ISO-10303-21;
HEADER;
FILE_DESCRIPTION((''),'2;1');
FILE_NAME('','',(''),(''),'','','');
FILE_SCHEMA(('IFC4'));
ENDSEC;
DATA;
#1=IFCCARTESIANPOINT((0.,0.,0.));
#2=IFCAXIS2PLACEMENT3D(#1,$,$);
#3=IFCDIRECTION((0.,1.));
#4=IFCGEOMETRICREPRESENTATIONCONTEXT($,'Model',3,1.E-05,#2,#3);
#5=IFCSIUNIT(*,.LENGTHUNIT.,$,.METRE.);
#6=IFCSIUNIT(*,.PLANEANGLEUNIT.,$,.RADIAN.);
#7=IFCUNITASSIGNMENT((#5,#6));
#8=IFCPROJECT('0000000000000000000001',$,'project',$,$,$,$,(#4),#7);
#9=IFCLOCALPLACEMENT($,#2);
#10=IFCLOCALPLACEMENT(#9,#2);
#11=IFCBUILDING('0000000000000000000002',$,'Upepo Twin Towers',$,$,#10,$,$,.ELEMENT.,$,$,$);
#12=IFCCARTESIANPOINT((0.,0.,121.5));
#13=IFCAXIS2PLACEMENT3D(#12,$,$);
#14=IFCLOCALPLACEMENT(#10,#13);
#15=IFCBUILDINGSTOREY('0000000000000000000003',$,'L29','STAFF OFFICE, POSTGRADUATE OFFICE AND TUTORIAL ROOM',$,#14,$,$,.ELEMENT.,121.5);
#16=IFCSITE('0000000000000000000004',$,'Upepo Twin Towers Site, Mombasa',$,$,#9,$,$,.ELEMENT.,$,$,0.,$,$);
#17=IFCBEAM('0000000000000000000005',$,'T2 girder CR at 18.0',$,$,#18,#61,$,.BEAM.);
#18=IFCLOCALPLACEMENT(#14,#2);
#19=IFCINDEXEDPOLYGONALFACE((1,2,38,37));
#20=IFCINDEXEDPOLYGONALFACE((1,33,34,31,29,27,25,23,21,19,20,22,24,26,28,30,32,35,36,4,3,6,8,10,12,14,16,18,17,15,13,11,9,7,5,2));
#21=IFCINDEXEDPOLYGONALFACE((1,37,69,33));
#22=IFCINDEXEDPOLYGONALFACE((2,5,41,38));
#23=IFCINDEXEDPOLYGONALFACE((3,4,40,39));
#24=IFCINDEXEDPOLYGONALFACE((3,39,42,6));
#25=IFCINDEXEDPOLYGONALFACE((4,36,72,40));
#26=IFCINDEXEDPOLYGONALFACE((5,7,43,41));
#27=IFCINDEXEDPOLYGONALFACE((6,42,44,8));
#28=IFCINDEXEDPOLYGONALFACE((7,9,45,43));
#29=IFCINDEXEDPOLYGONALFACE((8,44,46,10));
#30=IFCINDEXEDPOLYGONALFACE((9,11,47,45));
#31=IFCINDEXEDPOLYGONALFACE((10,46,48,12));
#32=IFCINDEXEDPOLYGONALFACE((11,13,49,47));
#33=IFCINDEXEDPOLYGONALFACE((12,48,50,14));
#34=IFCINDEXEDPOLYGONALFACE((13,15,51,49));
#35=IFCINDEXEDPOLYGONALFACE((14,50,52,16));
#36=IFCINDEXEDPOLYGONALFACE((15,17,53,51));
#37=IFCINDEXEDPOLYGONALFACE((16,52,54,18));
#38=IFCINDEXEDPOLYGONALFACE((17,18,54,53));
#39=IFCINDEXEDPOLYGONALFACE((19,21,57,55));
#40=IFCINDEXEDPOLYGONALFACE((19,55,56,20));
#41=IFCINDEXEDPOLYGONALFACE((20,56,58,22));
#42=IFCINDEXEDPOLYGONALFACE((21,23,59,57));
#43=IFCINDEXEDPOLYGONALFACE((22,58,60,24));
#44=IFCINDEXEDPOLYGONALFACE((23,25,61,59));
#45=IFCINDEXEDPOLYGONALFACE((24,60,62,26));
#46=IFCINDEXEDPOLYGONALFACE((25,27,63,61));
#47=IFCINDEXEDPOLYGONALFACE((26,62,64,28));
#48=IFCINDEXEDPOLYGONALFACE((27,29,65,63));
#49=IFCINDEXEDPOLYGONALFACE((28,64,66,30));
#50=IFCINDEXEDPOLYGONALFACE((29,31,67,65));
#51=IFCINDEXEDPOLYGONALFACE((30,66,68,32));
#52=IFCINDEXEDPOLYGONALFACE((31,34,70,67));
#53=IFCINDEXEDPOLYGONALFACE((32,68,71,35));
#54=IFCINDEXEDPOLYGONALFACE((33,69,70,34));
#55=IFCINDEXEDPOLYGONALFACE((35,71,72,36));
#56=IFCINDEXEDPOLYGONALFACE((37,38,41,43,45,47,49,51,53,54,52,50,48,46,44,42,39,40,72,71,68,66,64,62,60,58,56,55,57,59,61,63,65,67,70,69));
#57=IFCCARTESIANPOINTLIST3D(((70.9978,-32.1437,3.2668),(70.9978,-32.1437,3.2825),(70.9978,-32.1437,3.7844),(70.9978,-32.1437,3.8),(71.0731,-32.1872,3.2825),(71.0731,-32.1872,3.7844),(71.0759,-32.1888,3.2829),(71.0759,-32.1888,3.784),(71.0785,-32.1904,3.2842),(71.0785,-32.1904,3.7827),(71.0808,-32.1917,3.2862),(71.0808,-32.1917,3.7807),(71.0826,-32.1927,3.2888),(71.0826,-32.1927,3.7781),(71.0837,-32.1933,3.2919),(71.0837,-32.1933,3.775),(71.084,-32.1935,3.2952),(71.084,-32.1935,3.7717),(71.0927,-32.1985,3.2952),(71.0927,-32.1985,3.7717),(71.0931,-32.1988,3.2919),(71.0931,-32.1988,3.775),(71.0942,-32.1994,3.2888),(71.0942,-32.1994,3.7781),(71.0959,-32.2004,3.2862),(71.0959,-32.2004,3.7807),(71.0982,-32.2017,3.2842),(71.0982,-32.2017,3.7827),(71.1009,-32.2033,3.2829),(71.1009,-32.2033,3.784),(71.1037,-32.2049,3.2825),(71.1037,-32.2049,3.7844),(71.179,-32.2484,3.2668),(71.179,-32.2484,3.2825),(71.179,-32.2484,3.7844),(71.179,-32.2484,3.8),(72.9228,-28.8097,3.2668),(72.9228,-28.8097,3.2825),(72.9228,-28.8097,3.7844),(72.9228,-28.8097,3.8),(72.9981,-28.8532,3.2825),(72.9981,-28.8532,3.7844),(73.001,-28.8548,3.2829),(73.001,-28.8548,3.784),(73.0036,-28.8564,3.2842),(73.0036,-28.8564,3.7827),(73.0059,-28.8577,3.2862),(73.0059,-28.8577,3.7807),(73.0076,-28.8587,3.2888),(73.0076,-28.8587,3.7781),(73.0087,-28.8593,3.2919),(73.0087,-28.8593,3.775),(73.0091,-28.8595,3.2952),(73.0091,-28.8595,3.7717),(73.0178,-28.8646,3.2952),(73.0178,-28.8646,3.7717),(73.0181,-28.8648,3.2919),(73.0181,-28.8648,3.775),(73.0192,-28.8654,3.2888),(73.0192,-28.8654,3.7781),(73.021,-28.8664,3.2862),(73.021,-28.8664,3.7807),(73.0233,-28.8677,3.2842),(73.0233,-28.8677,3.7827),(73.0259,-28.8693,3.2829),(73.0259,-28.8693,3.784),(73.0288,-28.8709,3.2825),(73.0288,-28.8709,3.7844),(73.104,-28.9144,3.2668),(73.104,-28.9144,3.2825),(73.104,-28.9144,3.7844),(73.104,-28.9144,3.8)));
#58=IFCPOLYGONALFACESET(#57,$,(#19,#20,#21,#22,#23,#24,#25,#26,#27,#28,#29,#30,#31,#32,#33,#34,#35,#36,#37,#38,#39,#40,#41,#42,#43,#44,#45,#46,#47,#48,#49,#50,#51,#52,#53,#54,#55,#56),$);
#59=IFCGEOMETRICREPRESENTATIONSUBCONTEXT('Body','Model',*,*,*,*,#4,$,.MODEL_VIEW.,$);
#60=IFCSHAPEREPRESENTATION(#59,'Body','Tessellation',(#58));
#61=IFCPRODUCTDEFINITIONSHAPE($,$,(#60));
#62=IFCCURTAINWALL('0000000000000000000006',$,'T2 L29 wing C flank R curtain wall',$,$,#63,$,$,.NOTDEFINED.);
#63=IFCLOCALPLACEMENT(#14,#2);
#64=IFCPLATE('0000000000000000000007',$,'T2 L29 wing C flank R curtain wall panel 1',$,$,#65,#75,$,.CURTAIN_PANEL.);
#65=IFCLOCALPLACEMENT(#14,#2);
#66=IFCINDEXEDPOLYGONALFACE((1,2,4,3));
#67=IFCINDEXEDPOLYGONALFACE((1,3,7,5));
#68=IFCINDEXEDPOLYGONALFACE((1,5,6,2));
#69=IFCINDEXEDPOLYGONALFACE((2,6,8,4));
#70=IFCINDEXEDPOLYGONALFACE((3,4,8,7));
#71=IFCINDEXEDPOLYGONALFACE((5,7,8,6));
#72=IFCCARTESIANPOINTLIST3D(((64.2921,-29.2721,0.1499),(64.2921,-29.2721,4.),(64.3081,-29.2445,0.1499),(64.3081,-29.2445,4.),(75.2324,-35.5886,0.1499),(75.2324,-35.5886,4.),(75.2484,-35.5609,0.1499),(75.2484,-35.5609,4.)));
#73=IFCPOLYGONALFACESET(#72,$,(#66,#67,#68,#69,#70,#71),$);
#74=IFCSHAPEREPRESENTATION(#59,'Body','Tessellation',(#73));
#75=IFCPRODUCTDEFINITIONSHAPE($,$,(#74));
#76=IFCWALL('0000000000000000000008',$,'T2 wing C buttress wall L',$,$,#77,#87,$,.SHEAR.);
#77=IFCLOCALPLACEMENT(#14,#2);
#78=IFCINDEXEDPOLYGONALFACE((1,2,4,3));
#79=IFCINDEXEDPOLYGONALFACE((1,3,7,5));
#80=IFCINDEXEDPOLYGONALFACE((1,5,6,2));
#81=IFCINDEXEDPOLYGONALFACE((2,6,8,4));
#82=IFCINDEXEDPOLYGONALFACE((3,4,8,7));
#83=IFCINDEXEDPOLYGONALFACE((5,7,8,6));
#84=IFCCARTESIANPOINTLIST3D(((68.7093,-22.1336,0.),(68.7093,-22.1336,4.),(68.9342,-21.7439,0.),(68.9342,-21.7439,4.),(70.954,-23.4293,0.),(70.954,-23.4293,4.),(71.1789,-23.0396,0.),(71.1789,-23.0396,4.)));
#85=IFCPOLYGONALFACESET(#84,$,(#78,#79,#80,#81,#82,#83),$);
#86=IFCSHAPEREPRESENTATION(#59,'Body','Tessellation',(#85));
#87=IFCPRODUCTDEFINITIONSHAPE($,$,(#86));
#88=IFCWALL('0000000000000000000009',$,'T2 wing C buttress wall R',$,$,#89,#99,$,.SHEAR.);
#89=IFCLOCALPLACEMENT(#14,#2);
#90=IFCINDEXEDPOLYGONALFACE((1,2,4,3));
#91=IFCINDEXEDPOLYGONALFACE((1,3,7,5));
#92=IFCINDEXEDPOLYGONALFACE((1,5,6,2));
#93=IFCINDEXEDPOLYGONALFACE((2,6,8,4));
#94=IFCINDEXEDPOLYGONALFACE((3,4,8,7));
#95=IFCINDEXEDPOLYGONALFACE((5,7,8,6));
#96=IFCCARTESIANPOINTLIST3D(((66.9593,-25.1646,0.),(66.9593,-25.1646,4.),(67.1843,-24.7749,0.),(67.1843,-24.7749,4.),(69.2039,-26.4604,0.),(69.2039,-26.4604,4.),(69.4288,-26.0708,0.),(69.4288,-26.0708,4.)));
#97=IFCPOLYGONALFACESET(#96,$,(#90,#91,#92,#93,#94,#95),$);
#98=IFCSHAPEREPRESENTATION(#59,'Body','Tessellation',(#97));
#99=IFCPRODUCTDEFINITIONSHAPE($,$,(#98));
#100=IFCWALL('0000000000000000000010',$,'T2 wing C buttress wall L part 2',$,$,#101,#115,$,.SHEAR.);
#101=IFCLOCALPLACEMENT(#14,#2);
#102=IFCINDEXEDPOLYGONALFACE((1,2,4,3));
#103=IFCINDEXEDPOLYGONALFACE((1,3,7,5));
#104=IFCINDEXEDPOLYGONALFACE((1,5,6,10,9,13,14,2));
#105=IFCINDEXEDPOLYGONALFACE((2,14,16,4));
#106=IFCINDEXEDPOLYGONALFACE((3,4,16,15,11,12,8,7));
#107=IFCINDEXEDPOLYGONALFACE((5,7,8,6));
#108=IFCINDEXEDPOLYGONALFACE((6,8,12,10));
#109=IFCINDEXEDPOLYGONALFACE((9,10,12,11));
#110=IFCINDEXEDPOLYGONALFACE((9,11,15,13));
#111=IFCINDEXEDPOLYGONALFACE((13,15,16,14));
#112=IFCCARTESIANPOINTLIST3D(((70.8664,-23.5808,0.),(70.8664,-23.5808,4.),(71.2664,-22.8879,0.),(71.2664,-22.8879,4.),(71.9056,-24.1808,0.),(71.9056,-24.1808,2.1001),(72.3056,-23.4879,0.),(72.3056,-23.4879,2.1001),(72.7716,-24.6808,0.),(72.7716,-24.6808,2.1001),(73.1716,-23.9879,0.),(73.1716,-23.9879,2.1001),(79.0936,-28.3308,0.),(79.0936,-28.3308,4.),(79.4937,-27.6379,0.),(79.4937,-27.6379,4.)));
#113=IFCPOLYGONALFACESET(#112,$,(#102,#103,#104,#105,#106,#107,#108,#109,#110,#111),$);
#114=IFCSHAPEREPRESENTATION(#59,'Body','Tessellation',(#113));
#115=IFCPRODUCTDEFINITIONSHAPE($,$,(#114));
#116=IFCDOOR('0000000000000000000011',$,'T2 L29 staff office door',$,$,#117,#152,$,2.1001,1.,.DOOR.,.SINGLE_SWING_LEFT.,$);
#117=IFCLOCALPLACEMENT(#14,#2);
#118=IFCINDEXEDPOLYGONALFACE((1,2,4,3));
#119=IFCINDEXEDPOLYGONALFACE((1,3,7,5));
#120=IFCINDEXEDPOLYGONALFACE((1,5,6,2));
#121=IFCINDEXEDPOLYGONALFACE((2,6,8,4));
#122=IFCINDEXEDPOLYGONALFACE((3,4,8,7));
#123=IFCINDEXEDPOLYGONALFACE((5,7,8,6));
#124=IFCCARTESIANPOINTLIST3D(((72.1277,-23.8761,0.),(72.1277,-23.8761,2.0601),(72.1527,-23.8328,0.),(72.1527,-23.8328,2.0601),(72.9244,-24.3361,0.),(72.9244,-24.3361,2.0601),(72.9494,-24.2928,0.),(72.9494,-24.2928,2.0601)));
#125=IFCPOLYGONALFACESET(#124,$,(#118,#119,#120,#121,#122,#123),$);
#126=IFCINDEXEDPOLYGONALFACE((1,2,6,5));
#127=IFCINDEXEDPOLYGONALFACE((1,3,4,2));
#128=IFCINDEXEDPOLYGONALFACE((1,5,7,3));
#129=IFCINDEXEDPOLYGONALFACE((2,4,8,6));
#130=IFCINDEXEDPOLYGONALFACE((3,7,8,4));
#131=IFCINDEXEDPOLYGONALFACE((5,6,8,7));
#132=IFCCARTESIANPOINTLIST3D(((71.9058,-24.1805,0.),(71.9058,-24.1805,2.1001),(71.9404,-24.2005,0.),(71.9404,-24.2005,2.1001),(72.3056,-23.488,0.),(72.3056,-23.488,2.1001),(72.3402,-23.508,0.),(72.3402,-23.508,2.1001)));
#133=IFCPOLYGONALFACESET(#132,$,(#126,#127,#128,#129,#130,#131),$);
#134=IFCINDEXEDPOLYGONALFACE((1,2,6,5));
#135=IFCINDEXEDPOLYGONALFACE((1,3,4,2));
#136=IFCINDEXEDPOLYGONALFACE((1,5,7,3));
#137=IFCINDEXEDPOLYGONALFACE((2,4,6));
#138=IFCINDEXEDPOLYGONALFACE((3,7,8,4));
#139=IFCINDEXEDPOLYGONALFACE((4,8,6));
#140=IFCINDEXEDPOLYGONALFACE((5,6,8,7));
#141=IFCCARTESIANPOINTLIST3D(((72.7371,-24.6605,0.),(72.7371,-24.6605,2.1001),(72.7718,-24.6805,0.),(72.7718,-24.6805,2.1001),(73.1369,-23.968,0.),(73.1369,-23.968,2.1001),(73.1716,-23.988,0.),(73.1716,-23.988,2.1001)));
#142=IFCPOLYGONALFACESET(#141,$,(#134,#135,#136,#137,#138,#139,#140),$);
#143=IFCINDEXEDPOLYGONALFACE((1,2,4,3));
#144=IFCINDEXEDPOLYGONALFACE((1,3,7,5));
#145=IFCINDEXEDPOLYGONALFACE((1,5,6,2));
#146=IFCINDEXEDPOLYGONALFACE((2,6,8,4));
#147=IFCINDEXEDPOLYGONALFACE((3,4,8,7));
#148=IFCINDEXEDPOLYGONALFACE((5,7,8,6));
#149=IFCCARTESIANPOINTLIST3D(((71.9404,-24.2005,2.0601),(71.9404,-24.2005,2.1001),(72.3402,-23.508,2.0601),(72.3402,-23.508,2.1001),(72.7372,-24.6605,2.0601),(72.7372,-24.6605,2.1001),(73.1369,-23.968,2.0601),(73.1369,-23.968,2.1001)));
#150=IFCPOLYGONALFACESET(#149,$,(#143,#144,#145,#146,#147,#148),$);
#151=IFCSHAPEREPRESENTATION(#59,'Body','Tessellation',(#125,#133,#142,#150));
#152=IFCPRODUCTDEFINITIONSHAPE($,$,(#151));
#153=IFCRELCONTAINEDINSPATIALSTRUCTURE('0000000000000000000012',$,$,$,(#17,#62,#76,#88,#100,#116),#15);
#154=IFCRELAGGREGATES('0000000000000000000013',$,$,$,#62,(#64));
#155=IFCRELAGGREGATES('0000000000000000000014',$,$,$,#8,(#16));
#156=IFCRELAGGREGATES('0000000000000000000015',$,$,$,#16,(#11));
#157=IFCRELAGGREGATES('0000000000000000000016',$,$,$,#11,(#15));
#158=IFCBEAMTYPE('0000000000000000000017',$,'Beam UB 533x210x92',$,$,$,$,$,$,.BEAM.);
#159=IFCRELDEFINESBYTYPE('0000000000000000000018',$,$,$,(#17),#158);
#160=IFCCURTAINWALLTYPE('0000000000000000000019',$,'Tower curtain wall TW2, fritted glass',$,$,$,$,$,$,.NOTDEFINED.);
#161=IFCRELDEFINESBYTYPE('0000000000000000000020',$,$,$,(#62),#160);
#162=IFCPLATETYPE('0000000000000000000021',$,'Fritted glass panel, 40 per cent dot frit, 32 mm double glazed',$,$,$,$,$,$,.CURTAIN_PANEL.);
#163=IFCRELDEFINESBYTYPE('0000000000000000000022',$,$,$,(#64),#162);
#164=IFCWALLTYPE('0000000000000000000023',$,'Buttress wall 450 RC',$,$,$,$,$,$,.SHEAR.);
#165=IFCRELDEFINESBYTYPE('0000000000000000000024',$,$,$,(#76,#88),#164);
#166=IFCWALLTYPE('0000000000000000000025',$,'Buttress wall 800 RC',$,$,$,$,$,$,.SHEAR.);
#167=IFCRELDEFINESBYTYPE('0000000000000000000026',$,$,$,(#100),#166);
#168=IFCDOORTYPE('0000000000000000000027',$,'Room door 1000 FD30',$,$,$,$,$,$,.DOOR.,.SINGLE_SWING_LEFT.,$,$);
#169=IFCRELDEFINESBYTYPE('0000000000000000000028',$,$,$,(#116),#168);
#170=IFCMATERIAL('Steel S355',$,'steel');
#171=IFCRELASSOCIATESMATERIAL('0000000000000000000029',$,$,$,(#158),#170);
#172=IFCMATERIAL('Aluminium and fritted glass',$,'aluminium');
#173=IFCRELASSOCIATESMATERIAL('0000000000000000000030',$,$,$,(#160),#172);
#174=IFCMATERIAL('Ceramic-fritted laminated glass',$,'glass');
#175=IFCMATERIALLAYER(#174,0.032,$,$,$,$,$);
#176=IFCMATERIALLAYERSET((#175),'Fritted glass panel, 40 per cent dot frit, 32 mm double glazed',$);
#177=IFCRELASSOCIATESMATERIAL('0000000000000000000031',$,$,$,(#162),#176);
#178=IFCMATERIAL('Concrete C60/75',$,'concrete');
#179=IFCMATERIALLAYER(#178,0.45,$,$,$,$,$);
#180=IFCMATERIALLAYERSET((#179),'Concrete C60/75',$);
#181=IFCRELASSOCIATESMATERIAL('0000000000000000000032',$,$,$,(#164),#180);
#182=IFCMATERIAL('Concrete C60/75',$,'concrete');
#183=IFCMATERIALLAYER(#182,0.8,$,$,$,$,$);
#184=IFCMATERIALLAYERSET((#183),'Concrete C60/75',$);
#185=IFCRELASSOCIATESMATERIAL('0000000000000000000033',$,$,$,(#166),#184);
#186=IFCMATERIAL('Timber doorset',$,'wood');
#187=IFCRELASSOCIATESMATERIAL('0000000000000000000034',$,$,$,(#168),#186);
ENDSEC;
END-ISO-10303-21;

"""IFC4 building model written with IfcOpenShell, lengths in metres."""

from ifc_helpers import new_model, si_unit, direction, frame, frame_2d, origin, origin_2d, place, context, subcontext, project, spatial, rectangle, i_section, extrude, material, layer, layer_set, material_profile, profile_set, type_object, element, fill, aggregate, save


model = new_model("IFC4")

# Units and contexts
model_context = context("Model", 3, precision=1e-05, world=origin(), true_north=direction((0.0, 1.0)))
body_context = subcontext(model_context, "Body", "Model", "MODEL_VIEW")
ifc_project = project(units=[si_unit("LENGTHUNIT", "METRE"), si_unit("PLANEANGLEUNIT", "RADIAN")], contexts=[model_context])

# Site, building, storey
site_placement = place(None, origin())
site = spatial("IfcSite", under=ifc_project, at=site_placement, Name="Upepo Twin Towers Site, Mombasa", CompositionType="ELEMENT", RefElevation=0.0)
building_placement = place(site_placement, origin())
building = spatial("IfcBuilding", under=site, at=building_placement, Name="Upepo Twin Towers", CompositionType="ELEMENT")
storey_placement = place(building_placement, frame((0.0, 0.0, 121.5)))
storey = spatial("IfcBuildingStorey", under=building, at=storey_placement, Name="L29", Description="STAFF OFFICE, POSTGRADUATE OFFICE AND TUTORIAL ROOM", CompositionType="ELEMENT", Elevation=121.5)

# Beam
ifc_material_1 = material(Name="Steel S355", Category="steel")
ifc_material_profile_1 = material_profile(ifc_material_1, i_section(OverallWidth=0.2092, OverallDepth=0.5332, WebThickness=0.01, FlangeThickness=0.0156, FilletRadius=0.0127, at=origin_2d()), Name="UB 533x210x92")
ifc_profile_set_1 = profile_set([ifc_material_profile_1], Name="Steel S355")
beam_type_1 = type_object("IfcBeamType", Name="Beam UB 533x210x92", PredefinedType="BEAM", material=ifc_profile_set_1)
for number, where, z_axis, x_axis, name in (
    (1, (71.0884, -32.196, 3.5334), (0.500034, 0.866006, 0.0), (-0.866006, 0.500034, 0.0), "T2 girder CR at 18.0"),
):
    element("IfcBeam", number, at=place(storey_placement, frame(where, z_axis=z_axis, x_axis=x_axis)), inside=storey, type_object=beam_type_1, Name=name, PredefinedType="BEAM", context=body_context, shape_type="SweptSolid", body=[
        extrude(i_section(OverallWidth=0.2092, OverallDepth=0.5332, WebThickness=0.01, FlangeThickness=0.0156, FilletRadius=0.0127, at=origin_2d()), origin(), (0.0, 0.0, 1.0), 3.8499),
    ])

# Curtain wall, plate
ifc_material_2 = material(Name="Aluminium and fritted glass", Category="aluminium")
curtain_wall_type = type_object("IfcCurtainWallType", Name="Tower curtain wall TW2, fritted glass", PredefinedType="NOTDEFINED", material=ifc_material_2)
curtain_wall_placement = place(storey_placement, origin())
curtain_wall = element("IfcCurtainWall", 2, at=curtain_wall_placement, inside=storey, type_object=curtain_wall_type, Name="T2 L29 wing C flank R curtain wall", PredefinedType="NOTDEFINED")
ifc_material_3 = material(Name="Ceramic-fritted laminated glass", Category="glass")
ifc_layer_1 = layer(ifc_material_3, 0.032)
ifc_layer_set_1 = layer_set([ifc_layer_1], Name="Fritted glass panel, 40 per cent dot frit, 32 mm double glazed")
plate_type = type_object("IfcPlateType", Name="Fritted glass panel, 40 per cent dot frit, 32 mm double glazed", PredefinedType="CURTAIN_PANEL", material=ifc_layer_set_1)
plate_placement = place(storey_placement, frame((69.7703, -32.4165, 0.1499), z_axis=(0.0, 0.0, 1.0), x_axis=(-0.866025, 0.5, 0.0)))
plate = element("IfcPlate", 3, at=plate_placement, type_object=plate_type, Name="T2 L29 wing C flank R curtain wall panel 1", PredefinedType="CURTAIN_PANEL", context=body_context, shape_type="SweptSolid", body=[
    extrude(rectangle(XDim=12.6328, YDim=0.032, at=origin_2d()), origin(), (0.0, 0.0, 1.0), 3.8501),
])
aggregate(curtain_wall, [plate])

# Walls
ifc_material_4 = material(Name="Concrete C60/75", Category="concrete")
ifc_layer_2 = layer(ifc_material_4, 0.45)
ifc_layer_set_2 = layer_set([ifc_layer_2], Name="Concrete C60/75")
wall_type_1 = type_object("IfcWallType", Name="Buttress wall 450 RC", PredefinedType="SHEAR", material=ifc_layer_set_2)
for number, where, z_axis, x_axis, name in (
    (4, (68.8218, -21.9387, 0.0), (0.0, 0.0, 1.0), (0.866073, -0.499918, 0.0), "T2 wing C buttress wall L"),
    (5, (67.0718, -24.9697, 0.0), (0.0, 0.0, 1.0), (0.866032, -0.499989, 0.0), "T2 wing C buttress wall R"),
):
    element("IfcWall", number, at=place(storey_placement, frame(where, z_axis=z_axis, x_axis=x_axis)), inside=storey, type_object=wall_type_1, Name=name, PredefinedType="SHEAR", context=body_context, shape_type="SweptSolid", body=[
        extrude(rectangle(XDim=2.5918, YDim=0.45, at=frame_2d((1.2959, 0.0))), origin(), (0.0, 0.0, 1.0), 4.0),
    ])

# Wall, opening, door
ifc_material_5 = material(Name="Concrete C60/75", Category="concrete")
ifc_layer_3 = layer(ifc_material_5, 0.8)
ifc_layer_set_3 = layer_set([ifc_layer_3], Name="Concrete C60/75")
wall_type_2 = type_object("IfcWallType", Name="Buttress wall 800 RC", PredefinedType="SHEAR", material=ifc_layer_set_3)
wall_1_placement = place(storey_placement, frame((71.0664, -23.2344, 0.0), z_axis=(0.0, 0.0, 1.0), x_axis=(0.866027, -0.499998, 0.0)))
wall_1 = element("IfcWall", 6, at=wall_1_placement, inside=storey, type_object=wall_type_2, Name="T2 wing C buttress wall L part 2", PredefinedType="SHEAR", context=body_context, shape_type="SweptSolid", body=[
    extrude(rectangle(XDim=9.5, YDim=0.8, at=frame_2d((4.75, 0.0))), origin(), (0.0, 0.0, 1.0), 4.0),
])
opening_1_placement = place(wall_1_placement, frame((1.2, 0.0, 0.0)))
opening_1 = element("IfcOpeningElement", 7, at=opening_1_placement, cuts=wall_1, PredefinedType="OPENING", context=body_context, shape_type="SweptSolid", body=[
    extrude(rectangle(XDim=1.0, YDim=2.1001, at=frame_2d((0.5, 1.05))), frame((0.0, 0.4099, 0.0), z_axis=(0.0, -1.0, 0.0), x_axis=(1.0, 0.0, 0.0)), (0.0, 0.0, 1.0), 0.8201),
])
ifc_material_6 = material(Name="Timber doorset", Category="wood")
door_type_1 = type_object("IfcDoorType", Name="Room door 1000 FD30", OperationType="SINGLE_SWING_LEFT", PredefinedType="DOOR", material=ifc_material_6)
door_1_placement = place(opening_1_placement, origin())
door_1 = element("IfcDoor", 8, at=door_1_placement, inside=storey, type_object=door_type_1, Name="T2 L29 staff office door", OperationType="SINGLE_SWING_LEFT", OverallHeight=2.1001, OverallWidth=1.0, PredefinedType="DOOR", context=body_context, shape_type="SweptSolid", body=[
    extrude(rectangle(XDim=0.92, YDim=2.0601, at=frame_2d((0.5, 1.03))), frame((0.0, 0.0249, 0.0), z_axis=(0.0, -1.0, 0.0), x_axis=(1.0, 0.0, 0.0)), (0.0, 0.0, 1.0), 0.05),
    extrude(rectangle(XDim=0.04, YDim=2.1001, at=frame_2d((0.02, 1.05))), frame((0.0, 0.3999, 0.0), z_axis=(0.0, -1.0, 0.0), x_axis=(1.0, 0.0, 0.0)), (0.0, 0.0, 1.0), 0.7996),
    extrude(rectangle(XDim=0.04, YDim=2.1001, at=frame_2d((0.98, 1.05))), frame((0.0, 0.3999, 0.0), z_axis=(0.0, -1.0, 0.0), x_axis=(1.0, 0.0, 0.0)), (0.0, 0.0, 1.0), 0.7996),
    extrude(rectangle(XDim=0.92, YDim=0.04, at=frame_2d((0.5, 2.0801))), frame((0.0, 0.3999, 0.0), z_axis=(0.0, -1.0, 0.0), x_axis=(1.0, 0.0, 0.0)), (0.0, 0.0, 1.0), 0.7996),
])
fill(opening_1, door_1)

save(model, "model.ifc")
